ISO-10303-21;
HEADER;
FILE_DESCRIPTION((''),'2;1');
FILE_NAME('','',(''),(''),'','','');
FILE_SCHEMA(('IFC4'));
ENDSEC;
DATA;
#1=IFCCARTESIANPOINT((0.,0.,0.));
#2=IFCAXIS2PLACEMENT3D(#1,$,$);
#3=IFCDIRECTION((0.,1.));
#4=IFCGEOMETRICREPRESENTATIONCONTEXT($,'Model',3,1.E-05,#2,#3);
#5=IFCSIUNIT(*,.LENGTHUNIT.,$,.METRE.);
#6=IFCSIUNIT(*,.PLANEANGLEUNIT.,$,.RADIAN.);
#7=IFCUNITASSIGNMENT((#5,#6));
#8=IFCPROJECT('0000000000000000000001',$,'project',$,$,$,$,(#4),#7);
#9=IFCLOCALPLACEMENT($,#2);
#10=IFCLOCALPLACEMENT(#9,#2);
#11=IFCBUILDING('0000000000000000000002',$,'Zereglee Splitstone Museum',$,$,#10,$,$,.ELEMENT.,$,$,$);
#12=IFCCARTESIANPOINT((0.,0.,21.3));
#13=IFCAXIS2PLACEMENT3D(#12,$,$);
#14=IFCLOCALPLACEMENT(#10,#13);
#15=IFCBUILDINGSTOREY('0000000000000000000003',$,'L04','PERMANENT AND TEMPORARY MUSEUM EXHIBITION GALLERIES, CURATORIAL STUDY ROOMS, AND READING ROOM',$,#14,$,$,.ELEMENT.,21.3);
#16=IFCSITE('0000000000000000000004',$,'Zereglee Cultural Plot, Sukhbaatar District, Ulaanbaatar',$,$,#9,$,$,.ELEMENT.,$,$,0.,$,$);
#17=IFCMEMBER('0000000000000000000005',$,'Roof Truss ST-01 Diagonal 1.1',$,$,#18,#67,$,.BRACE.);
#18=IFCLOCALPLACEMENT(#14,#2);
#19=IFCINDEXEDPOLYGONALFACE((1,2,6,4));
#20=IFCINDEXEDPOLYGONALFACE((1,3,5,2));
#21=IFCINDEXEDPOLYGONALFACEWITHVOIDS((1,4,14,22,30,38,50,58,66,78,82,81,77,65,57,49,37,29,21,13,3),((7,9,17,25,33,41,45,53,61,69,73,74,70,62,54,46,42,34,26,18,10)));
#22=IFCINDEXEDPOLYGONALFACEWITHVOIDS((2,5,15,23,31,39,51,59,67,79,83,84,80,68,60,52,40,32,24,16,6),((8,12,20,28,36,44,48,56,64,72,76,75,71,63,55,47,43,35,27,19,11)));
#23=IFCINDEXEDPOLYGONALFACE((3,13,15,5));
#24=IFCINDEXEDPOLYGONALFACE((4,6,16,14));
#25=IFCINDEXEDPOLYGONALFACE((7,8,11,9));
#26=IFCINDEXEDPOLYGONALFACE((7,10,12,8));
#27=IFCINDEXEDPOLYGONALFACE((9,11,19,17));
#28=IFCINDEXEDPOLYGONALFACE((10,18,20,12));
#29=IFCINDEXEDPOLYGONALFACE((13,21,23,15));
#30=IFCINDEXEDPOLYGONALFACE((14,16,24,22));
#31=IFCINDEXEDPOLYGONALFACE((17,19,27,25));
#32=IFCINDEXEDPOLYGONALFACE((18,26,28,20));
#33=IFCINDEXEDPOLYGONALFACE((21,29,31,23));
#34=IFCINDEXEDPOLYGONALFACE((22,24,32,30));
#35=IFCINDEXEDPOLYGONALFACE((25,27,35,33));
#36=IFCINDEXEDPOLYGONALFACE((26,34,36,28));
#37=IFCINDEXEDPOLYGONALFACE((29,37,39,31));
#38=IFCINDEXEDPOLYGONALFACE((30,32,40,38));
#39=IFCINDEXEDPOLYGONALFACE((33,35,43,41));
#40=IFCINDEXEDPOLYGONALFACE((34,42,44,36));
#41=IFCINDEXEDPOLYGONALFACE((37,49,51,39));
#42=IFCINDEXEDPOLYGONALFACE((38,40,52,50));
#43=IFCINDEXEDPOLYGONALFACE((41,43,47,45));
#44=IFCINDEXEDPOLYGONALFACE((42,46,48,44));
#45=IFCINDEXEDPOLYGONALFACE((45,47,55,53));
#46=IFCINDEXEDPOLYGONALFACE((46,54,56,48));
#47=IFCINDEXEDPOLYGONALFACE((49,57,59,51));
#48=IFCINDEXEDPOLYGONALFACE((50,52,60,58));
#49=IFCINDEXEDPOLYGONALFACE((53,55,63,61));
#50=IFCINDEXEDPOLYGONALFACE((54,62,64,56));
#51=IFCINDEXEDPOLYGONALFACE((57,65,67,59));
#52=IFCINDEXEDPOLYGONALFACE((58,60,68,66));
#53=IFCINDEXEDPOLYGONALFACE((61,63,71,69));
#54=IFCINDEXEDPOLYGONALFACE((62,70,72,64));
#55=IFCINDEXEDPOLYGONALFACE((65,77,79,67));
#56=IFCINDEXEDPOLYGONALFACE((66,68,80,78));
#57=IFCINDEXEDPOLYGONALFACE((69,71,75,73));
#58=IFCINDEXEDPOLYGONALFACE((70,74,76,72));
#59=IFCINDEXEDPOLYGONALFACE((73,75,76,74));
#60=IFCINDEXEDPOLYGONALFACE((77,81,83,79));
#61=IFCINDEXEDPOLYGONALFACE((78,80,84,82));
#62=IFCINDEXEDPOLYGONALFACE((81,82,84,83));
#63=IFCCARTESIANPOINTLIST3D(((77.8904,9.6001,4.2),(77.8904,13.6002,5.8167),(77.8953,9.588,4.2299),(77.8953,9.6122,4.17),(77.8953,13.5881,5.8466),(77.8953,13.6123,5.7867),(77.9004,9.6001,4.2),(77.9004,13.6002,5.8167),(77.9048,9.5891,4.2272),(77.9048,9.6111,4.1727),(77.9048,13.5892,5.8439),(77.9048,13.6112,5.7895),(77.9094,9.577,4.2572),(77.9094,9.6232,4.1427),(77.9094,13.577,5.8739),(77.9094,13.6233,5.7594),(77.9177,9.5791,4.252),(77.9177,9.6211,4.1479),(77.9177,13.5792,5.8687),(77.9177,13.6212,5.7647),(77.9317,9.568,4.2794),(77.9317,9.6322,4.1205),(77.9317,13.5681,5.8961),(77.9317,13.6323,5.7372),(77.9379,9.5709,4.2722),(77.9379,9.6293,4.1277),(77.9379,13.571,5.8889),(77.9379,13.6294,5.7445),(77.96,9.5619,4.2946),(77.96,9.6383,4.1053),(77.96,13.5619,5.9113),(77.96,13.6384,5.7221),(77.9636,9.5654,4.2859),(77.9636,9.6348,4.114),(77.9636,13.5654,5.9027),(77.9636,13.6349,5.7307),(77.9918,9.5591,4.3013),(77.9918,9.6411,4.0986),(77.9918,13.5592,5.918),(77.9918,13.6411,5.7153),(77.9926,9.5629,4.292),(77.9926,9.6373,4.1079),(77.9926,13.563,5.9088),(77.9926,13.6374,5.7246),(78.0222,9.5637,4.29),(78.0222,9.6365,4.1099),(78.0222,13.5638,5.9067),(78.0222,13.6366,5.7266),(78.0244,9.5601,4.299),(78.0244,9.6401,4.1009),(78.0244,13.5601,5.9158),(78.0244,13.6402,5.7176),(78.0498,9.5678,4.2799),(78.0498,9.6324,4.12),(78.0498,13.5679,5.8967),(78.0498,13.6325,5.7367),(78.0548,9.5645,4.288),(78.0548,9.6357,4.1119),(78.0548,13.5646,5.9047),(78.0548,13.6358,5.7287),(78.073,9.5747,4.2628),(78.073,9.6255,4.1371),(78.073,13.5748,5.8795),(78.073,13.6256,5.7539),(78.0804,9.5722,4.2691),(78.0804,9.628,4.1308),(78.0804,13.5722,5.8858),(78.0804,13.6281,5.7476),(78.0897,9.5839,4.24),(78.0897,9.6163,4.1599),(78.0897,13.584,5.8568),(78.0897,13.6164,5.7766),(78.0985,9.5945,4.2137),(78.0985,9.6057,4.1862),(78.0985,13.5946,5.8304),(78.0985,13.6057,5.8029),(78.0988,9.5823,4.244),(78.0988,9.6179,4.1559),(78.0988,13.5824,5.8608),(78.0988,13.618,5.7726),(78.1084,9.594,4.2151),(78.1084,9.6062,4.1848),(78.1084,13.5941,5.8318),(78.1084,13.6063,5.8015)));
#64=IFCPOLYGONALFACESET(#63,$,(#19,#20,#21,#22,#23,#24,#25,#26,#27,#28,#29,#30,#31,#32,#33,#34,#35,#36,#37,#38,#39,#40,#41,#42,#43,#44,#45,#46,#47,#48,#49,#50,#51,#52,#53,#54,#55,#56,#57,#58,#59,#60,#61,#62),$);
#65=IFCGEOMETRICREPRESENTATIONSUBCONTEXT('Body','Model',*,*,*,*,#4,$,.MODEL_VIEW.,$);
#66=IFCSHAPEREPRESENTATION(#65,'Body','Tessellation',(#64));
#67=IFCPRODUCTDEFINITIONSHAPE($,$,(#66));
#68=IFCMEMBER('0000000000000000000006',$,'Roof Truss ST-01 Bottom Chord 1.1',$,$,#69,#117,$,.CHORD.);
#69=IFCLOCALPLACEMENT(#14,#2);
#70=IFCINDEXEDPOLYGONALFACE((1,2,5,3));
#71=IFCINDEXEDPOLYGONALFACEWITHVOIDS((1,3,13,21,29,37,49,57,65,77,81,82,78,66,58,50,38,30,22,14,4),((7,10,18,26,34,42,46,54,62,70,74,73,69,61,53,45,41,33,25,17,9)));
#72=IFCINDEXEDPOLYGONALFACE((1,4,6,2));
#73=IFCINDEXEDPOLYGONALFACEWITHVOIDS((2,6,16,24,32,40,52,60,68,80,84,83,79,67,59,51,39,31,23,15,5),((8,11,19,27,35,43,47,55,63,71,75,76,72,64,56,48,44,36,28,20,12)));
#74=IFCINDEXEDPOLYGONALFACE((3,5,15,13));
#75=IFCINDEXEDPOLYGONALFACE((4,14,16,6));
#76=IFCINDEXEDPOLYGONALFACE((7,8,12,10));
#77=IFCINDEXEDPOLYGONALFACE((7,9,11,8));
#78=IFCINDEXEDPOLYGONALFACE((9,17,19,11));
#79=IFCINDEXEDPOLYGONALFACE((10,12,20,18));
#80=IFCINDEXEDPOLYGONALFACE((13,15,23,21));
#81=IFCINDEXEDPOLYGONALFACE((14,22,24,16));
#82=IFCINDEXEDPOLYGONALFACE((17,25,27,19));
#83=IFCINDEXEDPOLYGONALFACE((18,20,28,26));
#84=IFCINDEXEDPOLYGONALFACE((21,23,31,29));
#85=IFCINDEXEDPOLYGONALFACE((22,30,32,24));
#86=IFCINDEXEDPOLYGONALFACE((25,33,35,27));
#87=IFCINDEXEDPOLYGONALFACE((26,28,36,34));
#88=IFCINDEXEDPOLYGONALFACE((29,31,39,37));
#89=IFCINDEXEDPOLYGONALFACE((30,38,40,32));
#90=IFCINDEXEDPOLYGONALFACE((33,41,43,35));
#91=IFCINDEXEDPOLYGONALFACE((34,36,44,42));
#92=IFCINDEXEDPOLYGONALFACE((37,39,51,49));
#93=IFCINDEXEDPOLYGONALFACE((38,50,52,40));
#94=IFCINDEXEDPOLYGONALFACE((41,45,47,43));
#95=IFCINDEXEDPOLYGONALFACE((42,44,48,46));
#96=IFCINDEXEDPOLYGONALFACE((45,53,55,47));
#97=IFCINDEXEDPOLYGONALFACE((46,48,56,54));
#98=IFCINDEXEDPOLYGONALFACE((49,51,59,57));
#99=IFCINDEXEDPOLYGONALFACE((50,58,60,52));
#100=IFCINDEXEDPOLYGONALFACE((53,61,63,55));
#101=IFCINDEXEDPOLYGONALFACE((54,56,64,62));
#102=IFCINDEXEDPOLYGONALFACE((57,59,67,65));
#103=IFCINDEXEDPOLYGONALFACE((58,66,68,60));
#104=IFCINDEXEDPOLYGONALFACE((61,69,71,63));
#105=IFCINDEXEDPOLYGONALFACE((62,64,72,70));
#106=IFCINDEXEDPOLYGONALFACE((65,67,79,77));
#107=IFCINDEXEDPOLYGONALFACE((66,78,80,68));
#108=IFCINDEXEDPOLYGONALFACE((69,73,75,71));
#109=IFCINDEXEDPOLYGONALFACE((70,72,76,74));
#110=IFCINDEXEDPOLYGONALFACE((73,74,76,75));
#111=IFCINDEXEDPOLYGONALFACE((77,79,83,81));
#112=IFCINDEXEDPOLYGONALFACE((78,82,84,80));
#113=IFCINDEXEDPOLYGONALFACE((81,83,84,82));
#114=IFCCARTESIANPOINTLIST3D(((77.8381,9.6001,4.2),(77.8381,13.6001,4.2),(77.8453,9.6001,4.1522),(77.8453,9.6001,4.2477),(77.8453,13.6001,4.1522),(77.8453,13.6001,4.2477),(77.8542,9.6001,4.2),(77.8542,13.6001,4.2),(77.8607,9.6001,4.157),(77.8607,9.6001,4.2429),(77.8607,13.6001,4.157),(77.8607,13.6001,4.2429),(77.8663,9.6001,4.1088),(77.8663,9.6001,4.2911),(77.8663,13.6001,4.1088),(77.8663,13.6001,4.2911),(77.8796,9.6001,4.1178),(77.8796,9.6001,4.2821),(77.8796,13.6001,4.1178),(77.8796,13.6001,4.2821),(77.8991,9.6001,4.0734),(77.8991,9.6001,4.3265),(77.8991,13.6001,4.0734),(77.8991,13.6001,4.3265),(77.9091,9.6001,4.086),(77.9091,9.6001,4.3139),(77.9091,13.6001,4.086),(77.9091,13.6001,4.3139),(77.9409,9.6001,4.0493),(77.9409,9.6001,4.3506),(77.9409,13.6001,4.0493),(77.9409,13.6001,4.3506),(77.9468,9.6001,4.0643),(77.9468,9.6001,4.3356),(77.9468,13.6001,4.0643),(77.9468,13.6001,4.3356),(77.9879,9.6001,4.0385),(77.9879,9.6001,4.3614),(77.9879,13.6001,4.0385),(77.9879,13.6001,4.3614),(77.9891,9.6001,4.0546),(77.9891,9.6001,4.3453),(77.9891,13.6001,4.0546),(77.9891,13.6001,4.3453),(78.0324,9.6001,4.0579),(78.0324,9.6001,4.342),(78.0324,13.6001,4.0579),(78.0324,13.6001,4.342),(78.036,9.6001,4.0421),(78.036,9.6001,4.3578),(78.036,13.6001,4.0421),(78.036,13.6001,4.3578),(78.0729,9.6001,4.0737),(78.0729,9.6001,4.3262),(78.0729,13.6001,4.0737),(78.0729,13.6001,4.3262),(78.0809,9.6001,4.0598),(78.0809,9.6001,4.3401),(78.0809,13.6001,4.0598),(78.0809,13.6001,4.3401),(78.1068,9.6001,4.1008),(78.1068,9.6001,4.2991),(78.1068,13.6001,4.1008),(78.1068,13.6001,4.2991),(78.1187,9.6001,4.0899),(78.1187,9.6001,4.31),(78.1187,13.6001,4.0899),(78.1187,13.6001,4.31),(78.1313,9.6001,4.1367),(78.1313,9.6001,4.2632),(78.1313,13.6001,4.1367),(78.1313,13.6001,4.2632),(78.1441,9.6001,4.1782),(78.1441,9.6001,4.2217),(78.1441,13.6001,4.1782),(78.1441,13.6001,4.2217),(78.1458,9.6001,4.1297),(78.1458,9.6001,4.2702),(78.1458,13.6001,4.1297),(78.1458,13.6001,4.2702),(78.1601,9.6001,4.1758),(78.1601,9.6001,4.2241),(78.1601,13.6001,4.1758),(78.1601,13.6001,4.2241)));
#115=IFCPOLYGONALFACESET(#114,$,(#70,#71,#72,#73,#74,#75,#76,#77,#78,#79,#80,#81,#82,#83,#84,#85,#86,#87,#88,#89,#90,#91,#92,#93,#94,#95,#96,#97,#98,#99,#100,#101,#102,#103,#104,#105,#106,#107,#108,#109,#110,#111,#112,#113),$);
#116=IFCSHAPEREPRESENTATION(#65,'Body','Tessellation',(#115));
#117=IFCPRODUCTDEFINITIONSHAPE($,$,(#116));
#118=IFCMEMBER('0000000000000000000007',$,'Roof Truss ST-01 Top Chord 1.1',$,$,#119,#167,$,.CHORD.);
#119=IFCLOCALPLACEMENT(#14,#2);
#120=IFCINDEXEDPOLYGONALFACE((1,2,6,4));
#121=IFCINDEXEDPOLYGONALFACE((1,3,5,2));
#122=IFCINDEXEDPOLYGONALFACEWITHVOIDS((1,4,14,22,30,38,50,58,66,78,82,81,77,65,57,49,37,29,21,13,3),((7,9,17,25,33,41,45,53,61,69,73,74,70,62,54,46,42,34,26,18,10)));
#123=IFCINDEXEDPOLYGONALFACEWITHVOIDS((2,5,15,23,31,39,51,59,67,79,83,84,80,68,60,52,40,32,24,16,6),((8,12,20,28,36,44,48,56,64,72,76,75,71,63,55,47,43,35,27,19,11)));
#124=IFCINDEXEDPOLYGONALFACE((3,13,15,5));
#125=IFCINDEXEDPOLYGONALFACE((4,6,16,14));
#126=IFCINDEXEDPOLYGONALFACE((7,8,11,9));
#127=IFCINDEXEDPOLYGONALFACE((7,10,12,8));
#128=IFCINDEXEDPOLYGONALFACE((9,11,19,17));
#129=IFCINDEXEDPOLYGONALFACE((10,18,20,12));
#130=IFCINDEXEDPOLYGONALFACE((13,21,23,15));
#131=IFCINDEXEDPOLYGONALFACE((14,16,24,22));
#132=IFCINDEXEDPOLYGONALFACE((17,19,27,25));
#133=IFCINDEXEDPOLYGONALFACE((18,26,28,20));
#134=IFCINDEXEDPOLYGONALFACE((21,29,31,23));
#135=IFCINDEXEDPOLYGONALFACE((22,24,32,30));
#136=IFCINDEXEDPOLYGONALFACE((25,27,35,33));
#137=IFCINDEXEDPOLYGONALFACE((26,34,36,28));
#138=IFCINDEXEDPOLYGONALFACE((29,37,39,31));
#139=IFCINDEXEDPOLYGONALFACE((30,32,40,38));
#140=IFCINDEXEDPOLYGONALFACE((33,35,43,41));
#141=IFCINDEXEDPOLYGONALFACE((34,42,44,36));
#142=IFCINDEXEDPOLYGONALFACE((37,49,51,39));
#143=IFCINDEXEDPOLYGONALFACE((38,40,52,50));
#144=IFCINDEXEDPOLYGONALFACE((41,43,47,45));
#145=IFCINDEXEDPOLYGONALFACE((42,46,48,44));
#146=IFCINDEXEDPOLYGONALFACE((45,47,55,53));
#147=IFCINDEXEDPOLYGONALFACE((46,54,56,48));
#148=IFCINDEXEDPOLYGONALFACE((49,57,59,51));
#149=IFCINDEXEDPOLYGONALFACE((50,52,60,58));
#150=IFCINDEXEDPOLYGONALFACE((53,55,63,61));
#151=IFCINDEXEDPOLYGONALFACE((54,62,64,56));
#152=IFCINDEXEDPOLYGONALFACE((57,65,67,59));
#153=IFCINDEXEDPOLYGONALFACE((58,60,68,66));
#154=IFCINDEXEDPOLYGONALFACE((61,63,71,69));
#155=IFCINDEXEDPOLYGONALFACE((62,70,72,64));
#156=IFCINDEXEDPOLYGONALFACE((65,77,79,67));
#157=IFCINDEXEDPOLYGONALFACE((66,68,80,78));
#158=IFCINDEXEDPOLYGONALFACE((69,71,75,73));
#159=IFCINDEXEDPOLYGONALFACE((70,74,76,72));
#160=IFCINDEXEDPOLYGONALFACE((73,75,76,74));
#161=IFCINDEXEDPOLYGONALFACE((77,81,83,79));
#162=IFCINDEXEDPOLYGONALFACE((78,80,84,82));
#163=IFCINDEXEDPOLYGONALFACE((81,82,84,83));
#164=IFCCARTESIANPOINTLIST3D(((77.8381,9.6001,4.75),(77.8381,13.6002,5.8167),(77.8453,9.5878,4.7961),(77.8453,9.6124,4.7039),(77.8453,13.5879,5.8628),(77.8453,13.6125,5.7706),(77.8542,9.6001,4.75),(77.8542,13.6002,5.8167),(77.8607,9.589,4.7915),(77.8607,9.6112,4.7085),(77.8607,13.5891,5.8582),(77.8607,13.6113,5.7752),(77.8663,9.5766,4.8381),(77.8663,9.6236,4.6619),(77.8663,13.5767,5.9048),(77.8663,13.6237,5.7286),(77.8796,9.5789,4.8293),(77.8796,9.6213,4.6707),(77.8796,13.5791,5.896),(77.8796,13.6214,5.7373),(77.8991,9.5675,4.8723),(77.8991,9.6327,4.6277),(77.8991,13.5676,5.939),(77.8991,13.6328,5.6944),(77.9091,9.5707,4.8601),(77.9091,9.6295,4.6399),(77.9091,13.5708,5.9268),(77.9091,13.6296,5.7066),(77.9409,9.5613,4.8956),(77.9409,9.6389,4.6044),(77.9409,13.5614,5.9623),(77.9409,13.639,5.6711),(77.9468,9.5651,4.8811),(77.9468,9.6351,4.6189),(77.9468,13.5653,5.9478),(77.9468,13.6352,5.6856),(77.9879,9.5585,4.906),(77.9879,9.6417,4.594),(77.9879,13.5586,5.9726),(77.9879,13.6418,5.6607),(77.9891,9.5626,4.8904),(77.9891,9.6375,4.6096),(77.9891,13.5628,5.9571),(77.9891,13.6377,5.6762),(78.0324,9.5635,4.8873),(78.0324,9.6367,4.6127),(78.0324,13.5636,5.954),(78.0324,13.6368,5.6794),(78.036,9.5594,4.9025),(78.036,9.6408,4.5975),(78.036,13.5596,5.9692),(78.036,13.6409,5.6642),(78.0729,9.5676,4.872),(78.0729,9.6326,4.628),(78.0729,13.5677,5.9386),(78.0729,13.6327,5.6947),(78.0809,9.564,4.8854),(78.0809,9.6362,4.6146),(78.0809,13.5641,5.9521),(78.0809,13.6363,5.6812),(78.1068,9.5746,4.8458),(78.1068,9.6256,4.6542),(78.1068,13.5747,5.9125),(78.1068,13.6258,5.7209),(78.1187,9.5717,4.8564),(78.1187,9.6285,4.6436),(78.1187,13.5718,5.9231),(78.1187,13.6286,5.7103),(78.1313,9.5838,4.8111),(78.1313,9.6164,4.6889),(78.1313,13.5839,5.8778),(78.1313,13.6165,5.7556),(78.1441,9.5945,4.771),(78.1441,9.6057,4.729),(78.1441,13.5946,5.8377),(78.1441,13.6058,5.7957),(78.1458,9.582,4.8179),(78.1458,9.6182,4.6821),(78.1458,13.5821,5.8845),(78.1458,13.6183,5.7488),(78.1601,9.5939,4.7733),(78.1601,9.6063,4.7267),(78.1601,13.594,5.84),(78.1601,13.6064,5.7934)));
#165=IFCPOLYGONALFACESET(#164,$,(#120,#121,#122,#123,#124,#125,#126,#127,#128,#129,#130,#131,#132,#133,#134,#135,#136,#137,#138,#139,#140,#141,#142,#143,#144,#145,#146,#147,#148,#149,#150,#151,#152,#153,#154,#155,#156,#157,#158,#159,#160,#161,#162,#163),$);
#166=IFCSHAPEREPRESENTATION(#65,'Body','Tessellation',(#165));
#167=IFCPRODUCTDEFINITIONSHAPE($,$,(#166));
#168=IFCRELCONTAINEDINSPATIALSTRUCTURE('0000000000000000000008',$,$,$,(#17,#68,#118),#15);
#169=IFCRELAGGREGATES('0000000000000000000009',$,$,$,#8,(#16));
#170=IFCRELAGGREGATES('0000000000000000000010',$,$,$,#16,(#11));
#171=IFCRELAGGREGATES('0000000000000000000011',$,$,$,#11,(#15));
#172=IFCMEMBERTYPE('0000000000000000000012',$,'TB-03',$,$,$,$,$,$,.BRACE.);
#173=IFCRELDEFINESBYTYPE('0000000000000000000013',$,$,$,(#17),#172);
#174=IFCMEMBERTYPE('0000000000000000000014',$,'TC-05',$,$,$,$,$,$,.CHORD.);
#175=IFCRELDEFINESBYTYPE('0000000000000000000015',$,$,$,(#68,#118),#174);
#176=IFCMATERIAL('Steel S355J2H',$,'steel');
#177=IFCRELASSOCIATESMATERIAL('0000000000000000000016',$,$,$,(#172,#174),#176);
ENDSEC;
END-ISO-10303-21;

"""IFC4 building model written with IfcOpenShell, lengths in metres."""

from ifc_helpers import new_model, si_unit, direction, frame, origin, origin_2d, place, context, subcontext, project, spatial, hollow_circle, extrude, material, material_profile, profile_set, type_object, element, save


model = new_model("IFC4")

# Units and contexts
model_context = context("Model", 3, precision=1e-05, world=origin(), true_north=direction((0.0, 1.0)))
body_context = subcontext(model_context, "Body", "Model", "MODEL_VIEW")
ifc_project = project(units=[si_unit("LENGTHUNIT", "METRE"), si_unit("PLANEANGLEUNIT", "RADIAN")], contexts=[model_context])

# Site, building, storey
site_placement = place(None, origin())
site = spatial("IfcSite", under=ifc_project, at=site_placement, Name="Zereglee Cultural Plot, Sukhbaatar District, Ulaanbaatar", CompositionType="ELEMENT", RefElevation=0.0)
building_placement = place(site_placement, origin())
building = spatial("IfcBuilding", under=site, at=building_placement, Name="Zereglee Splitstone Museum", CompositionType="ELEMENT")
storey_placement = place(building_placement, frame((0.0, 0.0, 21.3)))
storey = spatial("IfcBuildingStorey", under=building, at=storey_placement, Name="L04", Description="PERMANENT AND TEMPORARY MUSEUM EXHIBITION GALLERIES, CURATORIAL STUDY ROOMS, AND READING ROOM", CompositionType="ELEMENT", Elevation=21.3)

# Members
ifc_material_1 = material(Name="Steel S355J2H", Category="steel")
ifc_material_profile_1 = material_profile(ifc_material_1, hollow_circle(Radius=0.1096, WallThickness=0.01, at=origin_2d()), Name="CHS 219.1x10")
ifc_profile_set_1 = profile_set([ifc_material_profile_1], Name="Steel S355J2H")
member_type_1 = type_object("IfcMemberType", Name="TB-03", PredefinedType="BRACE", material=ifc_profile_set_1)
member_1_placement = place(storey_placement, frame((78.0, 9.6001, 4.2), z_axis=(0.0, 0.927136, 0.374725), x_axis=(-1.0, 0.0, 0.0)))
element("IfcMember", 1, at=member_1_placement, inside=storey, type_object=member_type_1, Name="Roof Truss ST-01 Diagonal 1.1", PredefinedType="BRACE", context=body_context, shape_type="SweptSolid", body=[
    extrude(hollow_circle(Radius=0.1096, WallThickness=0.01, at=origin_2d()), origin(), (0.0, 0.0, 1.0), 4.3145),
])
ifc_material_profile_2 = material_profile(ifc_material_1, hollow_circle(Radius=0.1619, WallThickness=0.0161, at=origin_2d()), Name="CHS 323.9x16")
ifc_profile_set_2 = profile_set([ifc_material_profile_2], Name="Steel S355J2H")
member_type_2 = type_object("IfcMemberType", Name="TC-05", PredefinedType="CHORD", material=ifc_profile_set_2)
member_2_placement = place(storey_placement, frame((78.0, 9.6001, 4.2), z_axis=(0.0, 1.0, 0.0), x_axis=(-1.0, 0.0, 0.0)))
element("IfcMember", 2, at=member_2_placement, inside=storey, type_object=member_type_2, Name="Roof Truss ST-01 Bottom Chord 1.1", PredefinedType="CHORD", context=body_context, shape_type="SweptSolid", body=[
    extrude(hollow_circle(Radius=0.1619, WallThickness=0.0161, at=origin_2d()), origin(), (0.0, 0.0, 1.0), 4.0),
])
member_3_placement = place(storey_placement, frame((78.0, 9.6001, 4.75), z_axis=(0.0, 0.966236, 0.257659), x_axis=(-1.0, 0.0, 0.0)))
element("IfcMember", 3, at=member_3_placement, inside=storey, type_object=member_type_2, Name="Roof Truss ST-01 Top Chord 1.1", PredefinedType="CHORD", context=body_context, shape_type="SweptSolid", body=[
    extrude(hollow_circle(Radius=0.1619, WallThickness=0.0161, at=origin_2d()), origin(), (0.0, 0.0, 1.0), 4.1399),
])

save(model, "model.ifc")
